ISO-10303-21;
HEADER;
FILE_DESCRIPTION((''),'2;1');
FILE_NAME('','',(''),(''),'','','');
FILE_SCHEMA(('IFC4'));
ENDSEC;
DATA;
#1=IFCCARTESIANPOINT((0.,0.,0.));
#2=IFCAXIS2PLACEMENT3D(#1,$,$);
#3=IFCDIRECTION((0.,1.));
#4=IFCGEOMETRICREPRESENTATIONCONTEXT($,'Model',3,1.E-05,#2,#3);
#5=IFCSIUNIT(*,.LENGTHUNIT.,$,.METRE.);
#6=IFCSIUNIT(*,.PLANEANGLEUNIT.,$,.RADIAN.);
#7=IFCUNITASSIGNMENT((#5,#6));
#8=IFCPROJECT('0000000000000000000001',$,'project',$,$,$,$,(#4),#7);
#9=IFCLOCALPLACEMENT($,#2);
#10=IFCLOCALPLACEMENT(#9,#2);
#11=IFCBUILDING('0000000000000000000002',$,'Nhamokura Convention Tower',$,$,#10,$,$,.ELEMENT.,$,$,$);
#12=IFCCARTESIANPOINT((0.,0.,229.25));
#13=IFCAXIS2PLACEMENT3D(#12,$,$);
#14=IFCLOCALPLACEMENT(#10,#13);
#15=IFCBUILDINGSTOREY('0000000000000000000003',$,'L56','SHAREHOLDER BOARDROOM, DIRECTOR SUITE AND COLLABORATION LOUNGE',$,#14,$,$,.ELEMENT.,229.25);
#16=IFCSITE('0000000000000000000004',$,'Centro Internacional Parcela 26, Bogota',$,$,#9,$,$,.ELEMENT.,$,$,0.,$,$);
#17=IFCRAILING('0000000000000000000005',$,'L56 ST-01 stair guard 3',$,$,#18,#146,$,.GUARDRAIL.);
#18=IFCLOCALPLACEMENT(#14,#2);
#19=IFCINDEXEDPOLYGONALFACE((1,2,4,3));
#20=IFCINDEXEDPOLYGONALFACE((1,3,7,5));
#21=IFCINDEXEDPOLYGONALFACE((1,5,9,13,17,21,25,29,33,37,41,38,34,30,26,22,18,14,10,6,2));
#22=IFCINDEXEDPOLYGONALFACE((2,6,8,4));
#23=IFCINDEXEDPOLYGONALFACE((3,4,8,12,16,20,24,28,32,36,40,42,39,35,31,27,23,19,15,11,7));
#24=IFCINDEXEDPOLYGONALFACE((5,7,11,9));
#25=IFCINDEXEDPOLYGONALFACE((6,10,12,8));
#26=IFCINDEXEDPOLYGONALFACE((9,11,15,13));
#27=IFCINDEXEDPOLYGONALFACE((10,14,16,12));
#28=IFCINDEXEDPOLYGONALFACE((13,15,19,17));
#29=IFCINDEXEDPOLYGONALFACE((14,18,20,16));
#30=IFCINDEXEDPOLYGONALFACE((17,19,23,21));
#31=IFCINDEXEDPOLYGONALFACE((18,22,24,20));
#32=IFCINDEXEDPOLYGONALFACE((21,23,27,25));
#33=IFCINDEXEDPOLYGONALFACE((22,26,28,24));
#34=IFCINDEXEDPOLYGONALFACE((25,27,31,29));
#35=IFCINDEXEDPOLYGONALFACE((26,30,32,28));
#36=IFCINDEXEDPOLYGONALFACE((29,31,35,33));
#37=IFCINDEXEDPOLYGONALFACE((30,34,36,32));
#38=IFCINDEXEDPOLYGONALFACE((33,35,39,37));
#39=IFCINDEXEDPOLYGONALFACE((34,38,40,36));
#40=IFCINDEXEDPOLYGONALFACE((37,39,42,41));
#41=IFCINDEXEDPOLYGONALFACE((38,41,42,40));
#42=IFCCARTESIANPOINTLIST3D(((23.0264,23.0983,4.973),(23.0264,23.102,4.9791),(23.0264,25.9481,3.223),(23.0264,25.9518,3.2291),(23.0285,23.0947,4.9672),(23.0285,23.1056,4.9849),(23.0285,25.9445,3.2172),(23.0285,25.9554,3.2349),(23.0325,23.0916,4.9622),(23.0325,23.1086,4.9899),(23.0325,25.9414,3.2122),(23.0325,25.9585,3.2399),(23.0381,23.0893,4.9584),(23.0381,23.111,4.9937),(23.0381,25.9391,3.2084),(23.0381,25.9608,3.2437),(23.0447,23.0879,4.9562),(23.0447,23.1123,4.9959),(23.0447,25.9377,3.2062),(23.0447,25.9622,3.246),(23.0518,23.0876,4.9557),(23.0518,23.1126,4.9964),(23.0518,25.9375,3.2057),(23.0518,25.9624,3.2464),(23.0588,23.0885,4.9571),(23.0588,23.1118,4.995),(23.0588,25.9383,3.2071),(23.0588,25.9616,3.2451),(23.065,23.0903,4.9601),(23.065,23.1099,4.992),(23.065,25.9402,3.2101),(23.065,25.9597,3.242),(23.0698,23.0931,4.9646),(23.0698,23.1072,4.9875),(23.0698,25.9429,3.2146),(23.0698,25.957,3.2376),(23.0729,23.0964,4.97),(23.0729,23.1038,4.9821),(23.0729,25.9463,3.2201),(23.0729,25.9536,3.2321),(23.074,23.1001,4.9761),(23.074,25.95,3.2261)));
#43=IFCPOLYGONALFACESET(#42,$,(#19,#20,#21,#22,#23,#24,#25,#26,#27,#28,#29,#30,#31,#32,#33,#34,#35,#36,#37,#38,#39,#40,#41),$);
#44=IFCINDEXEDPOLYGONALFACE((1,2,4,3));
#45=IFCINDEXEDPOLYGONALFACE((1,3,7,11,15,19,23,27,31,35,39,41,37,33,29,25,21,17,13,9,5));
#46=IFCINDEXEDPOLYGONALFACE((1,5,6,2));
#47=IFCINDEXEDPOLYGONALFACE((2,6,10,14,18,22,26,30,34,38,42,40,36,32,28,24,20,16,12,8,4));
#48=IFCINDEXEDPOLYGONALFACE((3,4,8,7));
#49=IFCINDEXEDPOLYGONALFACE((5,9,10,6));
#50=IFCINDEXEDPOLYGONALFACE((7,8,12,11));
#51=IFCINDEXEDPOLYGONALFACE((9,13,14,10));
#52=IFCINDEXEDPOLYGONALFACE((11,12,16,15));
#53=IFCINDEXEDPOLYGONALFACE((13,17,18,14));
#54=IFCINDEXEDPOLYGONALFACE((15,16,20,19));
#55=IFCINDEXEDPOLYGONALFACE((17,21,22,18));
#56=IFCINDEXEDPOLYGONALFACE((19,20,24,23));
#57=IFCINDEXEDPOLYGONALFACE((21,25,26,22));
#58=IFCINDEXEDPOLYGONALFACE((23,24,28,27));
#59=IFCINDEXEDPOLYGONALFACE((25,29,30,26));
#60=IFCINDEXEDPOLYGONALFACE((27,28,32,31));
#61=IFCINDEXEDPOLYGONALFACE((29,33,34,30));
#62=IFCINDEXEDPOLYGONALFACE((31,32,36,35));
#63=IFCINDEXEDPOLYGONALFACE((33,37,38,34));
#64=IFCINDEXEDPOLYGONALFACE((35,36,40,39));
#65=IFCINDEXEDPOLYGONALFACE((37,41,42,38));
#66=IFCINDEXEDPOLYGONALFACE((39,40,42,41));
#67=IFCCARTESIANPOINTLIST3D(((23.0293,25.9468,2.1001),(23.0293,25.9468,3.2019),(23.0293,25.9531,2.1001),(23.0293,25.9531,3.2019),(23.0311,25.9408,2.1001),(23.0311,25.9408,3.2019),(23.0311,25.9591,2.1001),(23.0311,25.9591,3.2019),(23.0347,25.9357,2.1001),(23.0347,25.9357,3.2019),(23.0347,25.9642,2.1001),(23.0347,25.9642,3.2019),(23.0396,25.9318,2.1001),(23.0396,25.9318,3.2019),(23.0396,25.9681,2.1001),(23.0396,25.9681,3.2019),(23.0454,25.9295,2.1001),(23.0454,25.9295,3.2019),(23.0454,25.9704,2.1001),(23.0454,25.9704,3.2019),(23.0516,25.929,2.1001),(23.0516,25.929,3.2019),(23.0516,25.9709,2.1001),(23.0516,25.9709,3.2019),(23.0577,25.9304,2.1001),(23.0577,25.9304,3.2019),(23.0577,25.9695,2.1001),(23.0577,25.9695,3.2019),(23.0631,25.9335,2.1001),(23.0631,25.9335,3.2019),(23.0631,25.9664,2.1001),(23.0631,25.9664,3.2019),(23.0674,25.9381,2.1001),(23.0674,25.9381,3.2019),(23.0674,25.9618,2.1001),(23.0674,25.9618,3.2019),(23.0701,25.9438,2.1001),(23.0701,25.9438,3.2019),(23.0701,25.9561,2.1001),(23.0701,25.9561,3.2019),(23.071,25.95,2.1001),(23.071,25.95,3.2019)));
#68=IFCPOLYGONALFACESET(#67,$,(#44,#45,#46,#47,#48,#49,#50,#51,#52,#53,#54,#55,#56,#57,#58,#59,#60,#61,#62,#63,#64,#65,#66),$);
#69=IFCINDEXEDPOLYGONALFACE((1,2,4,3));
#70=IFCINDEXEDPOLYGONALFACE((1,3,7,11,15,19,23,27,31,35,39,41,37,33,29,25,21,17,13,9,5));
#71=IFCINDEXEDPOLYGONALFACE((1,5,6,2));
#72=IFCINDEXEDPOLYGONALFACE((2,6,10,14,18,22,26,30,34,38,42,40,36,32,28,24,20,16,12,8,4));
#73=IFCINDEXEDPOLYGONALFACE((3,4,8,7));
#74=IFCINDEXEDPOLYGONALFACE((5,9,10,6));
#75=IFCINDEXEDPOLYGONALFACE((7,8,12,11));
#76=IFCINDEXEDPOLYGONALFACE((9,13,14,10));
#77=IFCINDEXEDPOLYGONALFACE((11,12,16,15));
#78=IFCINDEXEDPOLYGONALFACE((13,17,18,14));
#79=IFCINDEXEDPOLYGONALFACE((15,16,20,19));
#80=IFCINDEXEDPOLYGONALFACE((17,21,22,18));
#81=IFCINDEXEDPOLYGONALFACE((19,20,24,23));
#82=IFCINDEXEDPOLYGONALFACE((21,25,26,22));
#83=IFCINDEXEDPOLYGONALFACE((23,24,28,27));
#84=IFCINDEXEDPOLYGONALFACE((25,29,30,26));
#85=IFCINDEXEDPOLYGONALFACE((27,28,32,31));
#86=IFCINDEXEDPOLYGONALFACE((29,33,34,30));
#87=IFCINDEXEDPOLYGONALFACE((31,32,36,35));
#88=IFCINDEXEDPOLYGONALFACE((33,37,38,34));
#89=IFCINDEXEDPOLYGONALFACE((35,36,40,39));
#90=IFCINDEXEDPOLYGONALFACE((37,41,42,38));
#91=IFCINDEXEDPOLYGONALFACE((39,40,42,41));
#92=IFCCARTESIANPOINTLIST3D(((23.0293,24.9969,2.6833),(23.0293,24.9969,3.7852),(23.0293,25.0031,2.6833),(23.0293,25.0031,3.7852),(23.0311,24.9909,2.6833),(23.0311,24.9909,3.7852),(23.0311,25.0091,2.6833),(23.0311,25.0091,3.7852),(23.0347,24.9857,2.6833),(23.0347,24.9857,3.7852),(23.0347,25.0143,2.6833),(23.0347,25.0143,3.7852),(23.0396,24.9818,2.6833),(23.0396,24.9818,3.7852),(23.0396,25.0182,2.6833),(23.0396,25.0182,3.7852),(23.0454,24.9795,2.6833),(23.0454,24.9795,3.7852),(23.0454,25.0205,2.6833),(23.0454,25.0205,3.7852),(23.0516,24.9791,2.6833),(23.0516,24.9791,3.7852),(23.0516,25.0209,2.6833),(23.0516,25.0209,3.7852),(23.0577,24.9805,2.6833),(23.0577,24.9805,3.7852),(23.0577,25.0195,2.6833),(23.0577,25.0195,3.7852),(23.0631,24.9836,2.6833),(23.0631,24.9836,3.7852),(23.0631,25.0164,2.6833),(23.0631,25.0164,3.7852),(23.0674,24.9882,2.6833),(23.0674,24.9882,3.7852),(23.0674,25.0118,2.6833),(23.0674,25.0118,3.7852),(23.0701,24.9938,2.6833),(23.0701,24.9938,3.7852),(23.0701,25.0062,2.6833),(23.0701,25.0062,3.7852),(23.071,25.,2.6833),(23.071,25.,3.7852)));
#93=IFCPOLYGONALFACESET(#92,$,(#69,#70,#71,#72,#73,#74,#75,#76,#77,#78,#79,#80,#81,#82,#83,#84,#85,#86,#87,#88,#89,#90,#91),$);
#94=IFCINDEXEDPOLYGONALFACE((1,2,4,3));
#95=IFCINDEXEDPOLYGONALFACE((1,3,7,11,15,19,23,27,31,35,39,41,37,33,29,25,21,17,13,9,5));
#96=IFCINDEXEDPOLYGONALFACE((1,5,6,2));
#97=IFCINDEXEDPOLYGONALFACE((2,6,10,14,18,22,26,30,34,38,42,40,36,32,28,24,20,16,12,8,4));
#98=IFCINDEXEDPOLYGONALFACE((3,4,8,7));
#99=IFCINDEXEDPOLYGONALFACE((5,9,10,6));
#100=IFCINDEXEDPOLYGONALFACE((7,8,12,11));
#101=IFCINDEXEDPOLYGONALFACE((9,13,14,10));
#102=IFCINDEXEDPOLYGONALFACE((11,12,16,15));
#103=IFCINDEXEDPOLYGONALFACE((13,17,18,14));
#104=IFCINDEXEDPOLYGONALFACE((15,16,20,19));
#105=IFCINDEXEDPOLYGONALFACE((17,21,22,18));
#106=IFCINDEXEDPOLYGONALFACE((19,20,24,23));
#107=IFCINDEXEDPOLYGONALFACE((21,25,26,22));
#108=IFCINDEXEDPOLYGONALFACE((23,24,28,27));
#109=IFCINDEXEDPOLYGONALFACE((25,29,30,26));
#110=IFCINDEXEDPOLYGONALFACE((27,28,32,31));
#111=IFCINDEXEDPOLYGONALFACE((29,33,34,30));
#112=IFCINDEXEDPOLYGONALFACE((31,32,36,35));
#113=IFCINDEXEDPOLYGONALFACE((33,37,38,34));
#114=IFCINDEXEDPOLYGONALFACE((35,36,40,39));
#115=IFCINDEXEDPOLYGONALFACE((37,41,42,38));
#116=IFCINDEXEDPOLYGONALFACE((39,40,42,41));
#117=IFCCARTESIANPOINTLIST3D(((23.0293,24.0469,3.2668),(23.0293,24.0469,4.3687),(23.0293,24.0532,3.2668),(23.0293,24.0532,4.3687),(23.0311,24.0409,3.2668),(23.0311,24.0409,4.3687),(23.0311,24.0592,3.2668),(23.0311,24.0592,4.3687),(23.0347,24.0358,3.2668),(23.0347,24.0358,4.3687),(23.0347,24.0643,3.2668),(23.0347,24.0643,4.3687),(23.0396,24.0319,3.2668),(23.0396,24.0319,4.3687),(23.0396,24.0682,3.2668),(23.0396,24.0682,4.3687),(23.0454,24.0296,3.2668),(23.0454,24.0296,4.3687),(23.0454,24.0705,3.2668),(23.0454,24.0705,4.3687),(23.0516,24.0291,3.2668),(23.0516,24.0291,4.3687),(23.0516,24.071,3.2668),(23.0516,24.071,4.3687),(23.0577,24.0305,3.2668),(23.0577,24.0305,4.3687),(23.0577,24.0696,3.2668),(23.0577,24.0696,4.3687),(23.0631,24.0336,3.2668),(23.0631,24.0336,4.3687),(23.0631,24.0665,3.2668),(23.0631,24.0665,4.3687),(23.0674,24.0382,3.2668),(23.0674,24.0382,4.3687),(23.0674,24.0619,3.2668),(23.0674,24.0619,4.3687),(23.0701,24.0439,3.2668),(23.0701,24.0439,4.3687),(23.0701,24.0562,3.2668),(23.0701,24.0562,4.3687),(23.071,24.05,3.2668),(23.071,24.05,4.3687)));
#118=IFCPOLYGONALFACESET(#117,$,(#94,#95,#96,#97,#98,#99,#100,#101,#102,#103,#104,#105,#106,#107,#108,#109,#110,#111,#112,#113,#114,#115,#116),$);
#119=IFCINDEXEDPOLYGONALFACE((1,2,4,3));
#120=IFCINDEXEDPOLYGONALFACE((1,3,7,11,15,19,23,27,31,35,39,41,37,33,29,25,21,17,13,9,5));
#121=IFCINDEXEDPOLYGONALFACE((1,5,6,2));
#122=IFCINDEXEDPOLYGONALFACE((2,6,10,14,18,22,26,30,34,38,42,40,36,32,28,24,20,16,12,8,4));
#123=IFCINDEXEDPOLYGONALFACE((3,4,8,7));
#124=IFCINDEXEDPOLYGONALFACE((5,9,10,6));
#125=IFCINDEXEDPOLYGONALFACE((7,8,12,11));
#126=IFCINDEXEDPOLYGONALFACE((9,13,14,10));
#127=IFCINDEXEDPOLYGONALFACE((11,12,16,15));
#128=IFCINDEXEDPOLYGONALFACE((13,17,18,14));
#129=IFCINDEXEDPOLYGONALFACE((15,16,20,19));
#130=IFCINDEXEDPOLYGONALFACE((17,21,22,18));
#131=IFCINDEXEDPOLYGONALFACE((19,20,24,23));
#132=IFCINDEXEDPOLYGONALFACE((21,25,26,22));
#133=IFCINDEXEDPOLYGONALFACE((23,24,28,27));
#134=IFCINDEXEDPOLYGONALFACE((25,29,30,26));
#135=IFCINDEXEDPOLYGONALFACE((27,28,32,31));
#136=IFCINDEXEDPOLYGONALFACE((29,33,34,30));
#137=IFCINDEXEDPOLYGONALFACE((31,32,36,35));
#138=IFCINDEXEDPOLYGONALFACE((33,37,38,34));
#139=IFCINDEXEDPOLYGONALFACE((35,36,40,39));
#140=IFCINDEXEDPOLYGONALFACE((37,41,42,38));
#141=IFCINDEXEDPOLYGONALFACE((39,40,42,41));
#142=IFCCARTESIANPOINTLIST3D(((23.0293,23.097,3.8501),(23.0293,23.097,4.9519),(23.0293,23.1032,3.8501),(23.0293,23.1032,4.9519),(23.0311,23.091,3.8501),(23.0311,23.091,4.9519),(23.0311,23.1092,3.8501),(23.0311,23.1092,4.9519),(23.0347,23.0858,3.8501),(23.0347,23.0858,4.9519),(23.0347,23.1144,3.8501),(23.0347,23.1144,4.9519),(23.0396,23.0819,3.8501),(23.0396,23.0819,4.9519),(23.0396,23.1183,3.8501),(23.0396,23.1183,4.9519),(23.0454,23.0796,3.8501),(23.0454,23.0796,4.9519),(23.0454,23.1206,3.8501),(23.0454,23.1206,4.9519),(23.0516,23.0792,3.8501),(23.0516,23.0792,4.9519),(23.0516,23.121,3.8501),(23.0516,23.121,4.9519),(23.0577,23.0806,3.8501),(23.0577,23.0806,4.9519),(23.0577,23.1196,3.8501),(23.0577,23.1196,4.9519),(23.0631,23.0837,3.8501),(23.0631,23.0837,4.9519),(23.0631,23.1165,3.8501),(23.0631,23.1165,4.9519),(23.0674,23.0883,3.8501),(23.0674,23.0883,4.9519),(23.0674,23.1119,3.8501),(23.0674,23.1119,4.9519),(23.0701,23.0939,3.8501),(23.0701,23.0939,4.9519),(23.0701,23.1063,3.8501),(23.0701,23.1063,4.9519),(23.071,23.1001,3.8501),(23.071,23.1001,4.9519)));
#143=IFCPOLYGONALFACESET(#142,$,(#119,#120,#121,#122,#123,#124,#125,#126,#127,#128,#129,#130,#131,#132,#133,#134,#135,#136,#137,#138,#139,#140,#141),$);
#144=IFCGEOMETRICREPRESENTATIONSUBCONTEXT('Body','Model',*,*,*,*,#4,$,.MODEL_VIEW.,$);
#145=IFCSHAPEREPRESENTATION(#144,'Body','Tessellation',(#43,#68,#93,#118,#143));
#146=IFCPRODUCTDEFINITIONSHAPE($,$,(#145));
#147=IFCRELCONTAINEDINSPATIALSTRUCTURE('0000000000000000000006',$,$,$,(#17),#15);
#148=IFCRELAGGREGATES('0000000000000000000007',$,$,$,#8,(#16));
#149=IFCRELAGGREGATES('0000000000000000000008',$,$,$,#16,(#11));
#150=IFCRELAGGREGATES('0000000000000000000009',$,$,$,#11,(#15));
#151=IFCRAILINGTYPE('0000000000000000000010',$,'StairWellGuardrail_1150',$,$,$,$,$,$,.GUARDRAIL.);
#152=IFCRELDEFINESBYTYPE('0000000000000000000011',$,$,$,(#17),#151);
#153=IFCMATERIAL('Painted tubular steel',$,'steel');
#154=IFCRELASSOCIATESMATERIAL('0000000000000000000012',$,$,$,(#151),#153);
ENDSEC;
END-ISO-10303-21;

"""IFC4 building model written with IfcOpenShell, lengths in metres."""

from ifc_helpers import new_model, si_unit, direction, frame, origin, origin_2d, place, context, subcontext, project, spatial, circle, extrude, material, type_object, element, save


model = new_model("IFC4")

# Units and contexts
model_context = context("Model", 3, precision=1e-05, world=origin(), true_north=direction((0.0, 1.0)))
body_context = subcontext(model_context, "Body", "Model", "MODEL_VIEW")
ifc_project = project(units=[si_unit("LENGTHUNIT", "METRE"), si_unit("PLANEANGLEUNIT", "RADIAN")], contexts=[model_context])

# Site, building, storey
site_placement = place(None, origin())
site = spatial("IfcSite", under=ifc_project, at=site_placement, Name="Centro Internacional Parcela 26, Bogota", CompositionType="ELEMENT", RefElevation=0.0)
building_placement = place(site_placement, origin())
building = spatial("IfcBuilding", under=site, at=building_placement, Name="Nhamokura Convention Tower", CompositionType="ELEMENT")
storey_placement = place(building_placement, frame((0.0, 0.0, 229.25)))
storey = spatial("IfcBuildingStorey", under=building, at=storey_placement, Name="L56", Description="SHAREHOLDER BOARDROOM, DIRECTOR SUITE AND COLLABORATION LOUNGE", CompositionType="ELEMENT", Elevation=229.25)

# Railing
ifc_material_1 = material(Name="Painted tubular steel", Category="steel")
railing_type_1 = type_object("IfcRailingType", Name="StairWellGuardrail_1150", PredefinedType="GUARDRAIL", material=ifc_material_1)
railing_1_placement = place(storey_placement, frame((23.05, 25.95, 2.1001)))
element("IfcRailing", 1, at=railing_1_placement, inside=storey, type_object=railing_type_1, Name="L56 ST-01 stair guard 3", PredefinedType="GUARDRAIL", context=body_context, shape_type="SweptSolid", body=[
    extrude(circle(Radius=0.0239, at=origin_2d()), frame((0.0, 0.0, 1.126), z_axis=(0.0, -0.852159, 0.523283), x_axis=(1.0, 0.0, 0.0)), (0.0, 0.0, 1.0), 3.3442),
    extrude(circle(Radius=0.021, at=origin_2d()), origin(), (0.0, 0.0, 1.0), 1.1018),
    extrude(circle(Radius=0.021, at=origin_2d()), frame((0.0, -0.95, 0.5833)), (0.0, 0.0, 1.0), 1.1018),
    extrude(circle(Radius=0.021, at=origin_2d()), frame((0.0, -1.8999, 1.1667)), (0.0, 0.0, 1.0), 1.1018),
    extrude(circle(Radius=0.021, at=origin_2d()), frame((0.0, -2.8499, 1.75)), (0.0, 0.0, 1.0), 1.1018),
])

save(model, "model.ifc")
